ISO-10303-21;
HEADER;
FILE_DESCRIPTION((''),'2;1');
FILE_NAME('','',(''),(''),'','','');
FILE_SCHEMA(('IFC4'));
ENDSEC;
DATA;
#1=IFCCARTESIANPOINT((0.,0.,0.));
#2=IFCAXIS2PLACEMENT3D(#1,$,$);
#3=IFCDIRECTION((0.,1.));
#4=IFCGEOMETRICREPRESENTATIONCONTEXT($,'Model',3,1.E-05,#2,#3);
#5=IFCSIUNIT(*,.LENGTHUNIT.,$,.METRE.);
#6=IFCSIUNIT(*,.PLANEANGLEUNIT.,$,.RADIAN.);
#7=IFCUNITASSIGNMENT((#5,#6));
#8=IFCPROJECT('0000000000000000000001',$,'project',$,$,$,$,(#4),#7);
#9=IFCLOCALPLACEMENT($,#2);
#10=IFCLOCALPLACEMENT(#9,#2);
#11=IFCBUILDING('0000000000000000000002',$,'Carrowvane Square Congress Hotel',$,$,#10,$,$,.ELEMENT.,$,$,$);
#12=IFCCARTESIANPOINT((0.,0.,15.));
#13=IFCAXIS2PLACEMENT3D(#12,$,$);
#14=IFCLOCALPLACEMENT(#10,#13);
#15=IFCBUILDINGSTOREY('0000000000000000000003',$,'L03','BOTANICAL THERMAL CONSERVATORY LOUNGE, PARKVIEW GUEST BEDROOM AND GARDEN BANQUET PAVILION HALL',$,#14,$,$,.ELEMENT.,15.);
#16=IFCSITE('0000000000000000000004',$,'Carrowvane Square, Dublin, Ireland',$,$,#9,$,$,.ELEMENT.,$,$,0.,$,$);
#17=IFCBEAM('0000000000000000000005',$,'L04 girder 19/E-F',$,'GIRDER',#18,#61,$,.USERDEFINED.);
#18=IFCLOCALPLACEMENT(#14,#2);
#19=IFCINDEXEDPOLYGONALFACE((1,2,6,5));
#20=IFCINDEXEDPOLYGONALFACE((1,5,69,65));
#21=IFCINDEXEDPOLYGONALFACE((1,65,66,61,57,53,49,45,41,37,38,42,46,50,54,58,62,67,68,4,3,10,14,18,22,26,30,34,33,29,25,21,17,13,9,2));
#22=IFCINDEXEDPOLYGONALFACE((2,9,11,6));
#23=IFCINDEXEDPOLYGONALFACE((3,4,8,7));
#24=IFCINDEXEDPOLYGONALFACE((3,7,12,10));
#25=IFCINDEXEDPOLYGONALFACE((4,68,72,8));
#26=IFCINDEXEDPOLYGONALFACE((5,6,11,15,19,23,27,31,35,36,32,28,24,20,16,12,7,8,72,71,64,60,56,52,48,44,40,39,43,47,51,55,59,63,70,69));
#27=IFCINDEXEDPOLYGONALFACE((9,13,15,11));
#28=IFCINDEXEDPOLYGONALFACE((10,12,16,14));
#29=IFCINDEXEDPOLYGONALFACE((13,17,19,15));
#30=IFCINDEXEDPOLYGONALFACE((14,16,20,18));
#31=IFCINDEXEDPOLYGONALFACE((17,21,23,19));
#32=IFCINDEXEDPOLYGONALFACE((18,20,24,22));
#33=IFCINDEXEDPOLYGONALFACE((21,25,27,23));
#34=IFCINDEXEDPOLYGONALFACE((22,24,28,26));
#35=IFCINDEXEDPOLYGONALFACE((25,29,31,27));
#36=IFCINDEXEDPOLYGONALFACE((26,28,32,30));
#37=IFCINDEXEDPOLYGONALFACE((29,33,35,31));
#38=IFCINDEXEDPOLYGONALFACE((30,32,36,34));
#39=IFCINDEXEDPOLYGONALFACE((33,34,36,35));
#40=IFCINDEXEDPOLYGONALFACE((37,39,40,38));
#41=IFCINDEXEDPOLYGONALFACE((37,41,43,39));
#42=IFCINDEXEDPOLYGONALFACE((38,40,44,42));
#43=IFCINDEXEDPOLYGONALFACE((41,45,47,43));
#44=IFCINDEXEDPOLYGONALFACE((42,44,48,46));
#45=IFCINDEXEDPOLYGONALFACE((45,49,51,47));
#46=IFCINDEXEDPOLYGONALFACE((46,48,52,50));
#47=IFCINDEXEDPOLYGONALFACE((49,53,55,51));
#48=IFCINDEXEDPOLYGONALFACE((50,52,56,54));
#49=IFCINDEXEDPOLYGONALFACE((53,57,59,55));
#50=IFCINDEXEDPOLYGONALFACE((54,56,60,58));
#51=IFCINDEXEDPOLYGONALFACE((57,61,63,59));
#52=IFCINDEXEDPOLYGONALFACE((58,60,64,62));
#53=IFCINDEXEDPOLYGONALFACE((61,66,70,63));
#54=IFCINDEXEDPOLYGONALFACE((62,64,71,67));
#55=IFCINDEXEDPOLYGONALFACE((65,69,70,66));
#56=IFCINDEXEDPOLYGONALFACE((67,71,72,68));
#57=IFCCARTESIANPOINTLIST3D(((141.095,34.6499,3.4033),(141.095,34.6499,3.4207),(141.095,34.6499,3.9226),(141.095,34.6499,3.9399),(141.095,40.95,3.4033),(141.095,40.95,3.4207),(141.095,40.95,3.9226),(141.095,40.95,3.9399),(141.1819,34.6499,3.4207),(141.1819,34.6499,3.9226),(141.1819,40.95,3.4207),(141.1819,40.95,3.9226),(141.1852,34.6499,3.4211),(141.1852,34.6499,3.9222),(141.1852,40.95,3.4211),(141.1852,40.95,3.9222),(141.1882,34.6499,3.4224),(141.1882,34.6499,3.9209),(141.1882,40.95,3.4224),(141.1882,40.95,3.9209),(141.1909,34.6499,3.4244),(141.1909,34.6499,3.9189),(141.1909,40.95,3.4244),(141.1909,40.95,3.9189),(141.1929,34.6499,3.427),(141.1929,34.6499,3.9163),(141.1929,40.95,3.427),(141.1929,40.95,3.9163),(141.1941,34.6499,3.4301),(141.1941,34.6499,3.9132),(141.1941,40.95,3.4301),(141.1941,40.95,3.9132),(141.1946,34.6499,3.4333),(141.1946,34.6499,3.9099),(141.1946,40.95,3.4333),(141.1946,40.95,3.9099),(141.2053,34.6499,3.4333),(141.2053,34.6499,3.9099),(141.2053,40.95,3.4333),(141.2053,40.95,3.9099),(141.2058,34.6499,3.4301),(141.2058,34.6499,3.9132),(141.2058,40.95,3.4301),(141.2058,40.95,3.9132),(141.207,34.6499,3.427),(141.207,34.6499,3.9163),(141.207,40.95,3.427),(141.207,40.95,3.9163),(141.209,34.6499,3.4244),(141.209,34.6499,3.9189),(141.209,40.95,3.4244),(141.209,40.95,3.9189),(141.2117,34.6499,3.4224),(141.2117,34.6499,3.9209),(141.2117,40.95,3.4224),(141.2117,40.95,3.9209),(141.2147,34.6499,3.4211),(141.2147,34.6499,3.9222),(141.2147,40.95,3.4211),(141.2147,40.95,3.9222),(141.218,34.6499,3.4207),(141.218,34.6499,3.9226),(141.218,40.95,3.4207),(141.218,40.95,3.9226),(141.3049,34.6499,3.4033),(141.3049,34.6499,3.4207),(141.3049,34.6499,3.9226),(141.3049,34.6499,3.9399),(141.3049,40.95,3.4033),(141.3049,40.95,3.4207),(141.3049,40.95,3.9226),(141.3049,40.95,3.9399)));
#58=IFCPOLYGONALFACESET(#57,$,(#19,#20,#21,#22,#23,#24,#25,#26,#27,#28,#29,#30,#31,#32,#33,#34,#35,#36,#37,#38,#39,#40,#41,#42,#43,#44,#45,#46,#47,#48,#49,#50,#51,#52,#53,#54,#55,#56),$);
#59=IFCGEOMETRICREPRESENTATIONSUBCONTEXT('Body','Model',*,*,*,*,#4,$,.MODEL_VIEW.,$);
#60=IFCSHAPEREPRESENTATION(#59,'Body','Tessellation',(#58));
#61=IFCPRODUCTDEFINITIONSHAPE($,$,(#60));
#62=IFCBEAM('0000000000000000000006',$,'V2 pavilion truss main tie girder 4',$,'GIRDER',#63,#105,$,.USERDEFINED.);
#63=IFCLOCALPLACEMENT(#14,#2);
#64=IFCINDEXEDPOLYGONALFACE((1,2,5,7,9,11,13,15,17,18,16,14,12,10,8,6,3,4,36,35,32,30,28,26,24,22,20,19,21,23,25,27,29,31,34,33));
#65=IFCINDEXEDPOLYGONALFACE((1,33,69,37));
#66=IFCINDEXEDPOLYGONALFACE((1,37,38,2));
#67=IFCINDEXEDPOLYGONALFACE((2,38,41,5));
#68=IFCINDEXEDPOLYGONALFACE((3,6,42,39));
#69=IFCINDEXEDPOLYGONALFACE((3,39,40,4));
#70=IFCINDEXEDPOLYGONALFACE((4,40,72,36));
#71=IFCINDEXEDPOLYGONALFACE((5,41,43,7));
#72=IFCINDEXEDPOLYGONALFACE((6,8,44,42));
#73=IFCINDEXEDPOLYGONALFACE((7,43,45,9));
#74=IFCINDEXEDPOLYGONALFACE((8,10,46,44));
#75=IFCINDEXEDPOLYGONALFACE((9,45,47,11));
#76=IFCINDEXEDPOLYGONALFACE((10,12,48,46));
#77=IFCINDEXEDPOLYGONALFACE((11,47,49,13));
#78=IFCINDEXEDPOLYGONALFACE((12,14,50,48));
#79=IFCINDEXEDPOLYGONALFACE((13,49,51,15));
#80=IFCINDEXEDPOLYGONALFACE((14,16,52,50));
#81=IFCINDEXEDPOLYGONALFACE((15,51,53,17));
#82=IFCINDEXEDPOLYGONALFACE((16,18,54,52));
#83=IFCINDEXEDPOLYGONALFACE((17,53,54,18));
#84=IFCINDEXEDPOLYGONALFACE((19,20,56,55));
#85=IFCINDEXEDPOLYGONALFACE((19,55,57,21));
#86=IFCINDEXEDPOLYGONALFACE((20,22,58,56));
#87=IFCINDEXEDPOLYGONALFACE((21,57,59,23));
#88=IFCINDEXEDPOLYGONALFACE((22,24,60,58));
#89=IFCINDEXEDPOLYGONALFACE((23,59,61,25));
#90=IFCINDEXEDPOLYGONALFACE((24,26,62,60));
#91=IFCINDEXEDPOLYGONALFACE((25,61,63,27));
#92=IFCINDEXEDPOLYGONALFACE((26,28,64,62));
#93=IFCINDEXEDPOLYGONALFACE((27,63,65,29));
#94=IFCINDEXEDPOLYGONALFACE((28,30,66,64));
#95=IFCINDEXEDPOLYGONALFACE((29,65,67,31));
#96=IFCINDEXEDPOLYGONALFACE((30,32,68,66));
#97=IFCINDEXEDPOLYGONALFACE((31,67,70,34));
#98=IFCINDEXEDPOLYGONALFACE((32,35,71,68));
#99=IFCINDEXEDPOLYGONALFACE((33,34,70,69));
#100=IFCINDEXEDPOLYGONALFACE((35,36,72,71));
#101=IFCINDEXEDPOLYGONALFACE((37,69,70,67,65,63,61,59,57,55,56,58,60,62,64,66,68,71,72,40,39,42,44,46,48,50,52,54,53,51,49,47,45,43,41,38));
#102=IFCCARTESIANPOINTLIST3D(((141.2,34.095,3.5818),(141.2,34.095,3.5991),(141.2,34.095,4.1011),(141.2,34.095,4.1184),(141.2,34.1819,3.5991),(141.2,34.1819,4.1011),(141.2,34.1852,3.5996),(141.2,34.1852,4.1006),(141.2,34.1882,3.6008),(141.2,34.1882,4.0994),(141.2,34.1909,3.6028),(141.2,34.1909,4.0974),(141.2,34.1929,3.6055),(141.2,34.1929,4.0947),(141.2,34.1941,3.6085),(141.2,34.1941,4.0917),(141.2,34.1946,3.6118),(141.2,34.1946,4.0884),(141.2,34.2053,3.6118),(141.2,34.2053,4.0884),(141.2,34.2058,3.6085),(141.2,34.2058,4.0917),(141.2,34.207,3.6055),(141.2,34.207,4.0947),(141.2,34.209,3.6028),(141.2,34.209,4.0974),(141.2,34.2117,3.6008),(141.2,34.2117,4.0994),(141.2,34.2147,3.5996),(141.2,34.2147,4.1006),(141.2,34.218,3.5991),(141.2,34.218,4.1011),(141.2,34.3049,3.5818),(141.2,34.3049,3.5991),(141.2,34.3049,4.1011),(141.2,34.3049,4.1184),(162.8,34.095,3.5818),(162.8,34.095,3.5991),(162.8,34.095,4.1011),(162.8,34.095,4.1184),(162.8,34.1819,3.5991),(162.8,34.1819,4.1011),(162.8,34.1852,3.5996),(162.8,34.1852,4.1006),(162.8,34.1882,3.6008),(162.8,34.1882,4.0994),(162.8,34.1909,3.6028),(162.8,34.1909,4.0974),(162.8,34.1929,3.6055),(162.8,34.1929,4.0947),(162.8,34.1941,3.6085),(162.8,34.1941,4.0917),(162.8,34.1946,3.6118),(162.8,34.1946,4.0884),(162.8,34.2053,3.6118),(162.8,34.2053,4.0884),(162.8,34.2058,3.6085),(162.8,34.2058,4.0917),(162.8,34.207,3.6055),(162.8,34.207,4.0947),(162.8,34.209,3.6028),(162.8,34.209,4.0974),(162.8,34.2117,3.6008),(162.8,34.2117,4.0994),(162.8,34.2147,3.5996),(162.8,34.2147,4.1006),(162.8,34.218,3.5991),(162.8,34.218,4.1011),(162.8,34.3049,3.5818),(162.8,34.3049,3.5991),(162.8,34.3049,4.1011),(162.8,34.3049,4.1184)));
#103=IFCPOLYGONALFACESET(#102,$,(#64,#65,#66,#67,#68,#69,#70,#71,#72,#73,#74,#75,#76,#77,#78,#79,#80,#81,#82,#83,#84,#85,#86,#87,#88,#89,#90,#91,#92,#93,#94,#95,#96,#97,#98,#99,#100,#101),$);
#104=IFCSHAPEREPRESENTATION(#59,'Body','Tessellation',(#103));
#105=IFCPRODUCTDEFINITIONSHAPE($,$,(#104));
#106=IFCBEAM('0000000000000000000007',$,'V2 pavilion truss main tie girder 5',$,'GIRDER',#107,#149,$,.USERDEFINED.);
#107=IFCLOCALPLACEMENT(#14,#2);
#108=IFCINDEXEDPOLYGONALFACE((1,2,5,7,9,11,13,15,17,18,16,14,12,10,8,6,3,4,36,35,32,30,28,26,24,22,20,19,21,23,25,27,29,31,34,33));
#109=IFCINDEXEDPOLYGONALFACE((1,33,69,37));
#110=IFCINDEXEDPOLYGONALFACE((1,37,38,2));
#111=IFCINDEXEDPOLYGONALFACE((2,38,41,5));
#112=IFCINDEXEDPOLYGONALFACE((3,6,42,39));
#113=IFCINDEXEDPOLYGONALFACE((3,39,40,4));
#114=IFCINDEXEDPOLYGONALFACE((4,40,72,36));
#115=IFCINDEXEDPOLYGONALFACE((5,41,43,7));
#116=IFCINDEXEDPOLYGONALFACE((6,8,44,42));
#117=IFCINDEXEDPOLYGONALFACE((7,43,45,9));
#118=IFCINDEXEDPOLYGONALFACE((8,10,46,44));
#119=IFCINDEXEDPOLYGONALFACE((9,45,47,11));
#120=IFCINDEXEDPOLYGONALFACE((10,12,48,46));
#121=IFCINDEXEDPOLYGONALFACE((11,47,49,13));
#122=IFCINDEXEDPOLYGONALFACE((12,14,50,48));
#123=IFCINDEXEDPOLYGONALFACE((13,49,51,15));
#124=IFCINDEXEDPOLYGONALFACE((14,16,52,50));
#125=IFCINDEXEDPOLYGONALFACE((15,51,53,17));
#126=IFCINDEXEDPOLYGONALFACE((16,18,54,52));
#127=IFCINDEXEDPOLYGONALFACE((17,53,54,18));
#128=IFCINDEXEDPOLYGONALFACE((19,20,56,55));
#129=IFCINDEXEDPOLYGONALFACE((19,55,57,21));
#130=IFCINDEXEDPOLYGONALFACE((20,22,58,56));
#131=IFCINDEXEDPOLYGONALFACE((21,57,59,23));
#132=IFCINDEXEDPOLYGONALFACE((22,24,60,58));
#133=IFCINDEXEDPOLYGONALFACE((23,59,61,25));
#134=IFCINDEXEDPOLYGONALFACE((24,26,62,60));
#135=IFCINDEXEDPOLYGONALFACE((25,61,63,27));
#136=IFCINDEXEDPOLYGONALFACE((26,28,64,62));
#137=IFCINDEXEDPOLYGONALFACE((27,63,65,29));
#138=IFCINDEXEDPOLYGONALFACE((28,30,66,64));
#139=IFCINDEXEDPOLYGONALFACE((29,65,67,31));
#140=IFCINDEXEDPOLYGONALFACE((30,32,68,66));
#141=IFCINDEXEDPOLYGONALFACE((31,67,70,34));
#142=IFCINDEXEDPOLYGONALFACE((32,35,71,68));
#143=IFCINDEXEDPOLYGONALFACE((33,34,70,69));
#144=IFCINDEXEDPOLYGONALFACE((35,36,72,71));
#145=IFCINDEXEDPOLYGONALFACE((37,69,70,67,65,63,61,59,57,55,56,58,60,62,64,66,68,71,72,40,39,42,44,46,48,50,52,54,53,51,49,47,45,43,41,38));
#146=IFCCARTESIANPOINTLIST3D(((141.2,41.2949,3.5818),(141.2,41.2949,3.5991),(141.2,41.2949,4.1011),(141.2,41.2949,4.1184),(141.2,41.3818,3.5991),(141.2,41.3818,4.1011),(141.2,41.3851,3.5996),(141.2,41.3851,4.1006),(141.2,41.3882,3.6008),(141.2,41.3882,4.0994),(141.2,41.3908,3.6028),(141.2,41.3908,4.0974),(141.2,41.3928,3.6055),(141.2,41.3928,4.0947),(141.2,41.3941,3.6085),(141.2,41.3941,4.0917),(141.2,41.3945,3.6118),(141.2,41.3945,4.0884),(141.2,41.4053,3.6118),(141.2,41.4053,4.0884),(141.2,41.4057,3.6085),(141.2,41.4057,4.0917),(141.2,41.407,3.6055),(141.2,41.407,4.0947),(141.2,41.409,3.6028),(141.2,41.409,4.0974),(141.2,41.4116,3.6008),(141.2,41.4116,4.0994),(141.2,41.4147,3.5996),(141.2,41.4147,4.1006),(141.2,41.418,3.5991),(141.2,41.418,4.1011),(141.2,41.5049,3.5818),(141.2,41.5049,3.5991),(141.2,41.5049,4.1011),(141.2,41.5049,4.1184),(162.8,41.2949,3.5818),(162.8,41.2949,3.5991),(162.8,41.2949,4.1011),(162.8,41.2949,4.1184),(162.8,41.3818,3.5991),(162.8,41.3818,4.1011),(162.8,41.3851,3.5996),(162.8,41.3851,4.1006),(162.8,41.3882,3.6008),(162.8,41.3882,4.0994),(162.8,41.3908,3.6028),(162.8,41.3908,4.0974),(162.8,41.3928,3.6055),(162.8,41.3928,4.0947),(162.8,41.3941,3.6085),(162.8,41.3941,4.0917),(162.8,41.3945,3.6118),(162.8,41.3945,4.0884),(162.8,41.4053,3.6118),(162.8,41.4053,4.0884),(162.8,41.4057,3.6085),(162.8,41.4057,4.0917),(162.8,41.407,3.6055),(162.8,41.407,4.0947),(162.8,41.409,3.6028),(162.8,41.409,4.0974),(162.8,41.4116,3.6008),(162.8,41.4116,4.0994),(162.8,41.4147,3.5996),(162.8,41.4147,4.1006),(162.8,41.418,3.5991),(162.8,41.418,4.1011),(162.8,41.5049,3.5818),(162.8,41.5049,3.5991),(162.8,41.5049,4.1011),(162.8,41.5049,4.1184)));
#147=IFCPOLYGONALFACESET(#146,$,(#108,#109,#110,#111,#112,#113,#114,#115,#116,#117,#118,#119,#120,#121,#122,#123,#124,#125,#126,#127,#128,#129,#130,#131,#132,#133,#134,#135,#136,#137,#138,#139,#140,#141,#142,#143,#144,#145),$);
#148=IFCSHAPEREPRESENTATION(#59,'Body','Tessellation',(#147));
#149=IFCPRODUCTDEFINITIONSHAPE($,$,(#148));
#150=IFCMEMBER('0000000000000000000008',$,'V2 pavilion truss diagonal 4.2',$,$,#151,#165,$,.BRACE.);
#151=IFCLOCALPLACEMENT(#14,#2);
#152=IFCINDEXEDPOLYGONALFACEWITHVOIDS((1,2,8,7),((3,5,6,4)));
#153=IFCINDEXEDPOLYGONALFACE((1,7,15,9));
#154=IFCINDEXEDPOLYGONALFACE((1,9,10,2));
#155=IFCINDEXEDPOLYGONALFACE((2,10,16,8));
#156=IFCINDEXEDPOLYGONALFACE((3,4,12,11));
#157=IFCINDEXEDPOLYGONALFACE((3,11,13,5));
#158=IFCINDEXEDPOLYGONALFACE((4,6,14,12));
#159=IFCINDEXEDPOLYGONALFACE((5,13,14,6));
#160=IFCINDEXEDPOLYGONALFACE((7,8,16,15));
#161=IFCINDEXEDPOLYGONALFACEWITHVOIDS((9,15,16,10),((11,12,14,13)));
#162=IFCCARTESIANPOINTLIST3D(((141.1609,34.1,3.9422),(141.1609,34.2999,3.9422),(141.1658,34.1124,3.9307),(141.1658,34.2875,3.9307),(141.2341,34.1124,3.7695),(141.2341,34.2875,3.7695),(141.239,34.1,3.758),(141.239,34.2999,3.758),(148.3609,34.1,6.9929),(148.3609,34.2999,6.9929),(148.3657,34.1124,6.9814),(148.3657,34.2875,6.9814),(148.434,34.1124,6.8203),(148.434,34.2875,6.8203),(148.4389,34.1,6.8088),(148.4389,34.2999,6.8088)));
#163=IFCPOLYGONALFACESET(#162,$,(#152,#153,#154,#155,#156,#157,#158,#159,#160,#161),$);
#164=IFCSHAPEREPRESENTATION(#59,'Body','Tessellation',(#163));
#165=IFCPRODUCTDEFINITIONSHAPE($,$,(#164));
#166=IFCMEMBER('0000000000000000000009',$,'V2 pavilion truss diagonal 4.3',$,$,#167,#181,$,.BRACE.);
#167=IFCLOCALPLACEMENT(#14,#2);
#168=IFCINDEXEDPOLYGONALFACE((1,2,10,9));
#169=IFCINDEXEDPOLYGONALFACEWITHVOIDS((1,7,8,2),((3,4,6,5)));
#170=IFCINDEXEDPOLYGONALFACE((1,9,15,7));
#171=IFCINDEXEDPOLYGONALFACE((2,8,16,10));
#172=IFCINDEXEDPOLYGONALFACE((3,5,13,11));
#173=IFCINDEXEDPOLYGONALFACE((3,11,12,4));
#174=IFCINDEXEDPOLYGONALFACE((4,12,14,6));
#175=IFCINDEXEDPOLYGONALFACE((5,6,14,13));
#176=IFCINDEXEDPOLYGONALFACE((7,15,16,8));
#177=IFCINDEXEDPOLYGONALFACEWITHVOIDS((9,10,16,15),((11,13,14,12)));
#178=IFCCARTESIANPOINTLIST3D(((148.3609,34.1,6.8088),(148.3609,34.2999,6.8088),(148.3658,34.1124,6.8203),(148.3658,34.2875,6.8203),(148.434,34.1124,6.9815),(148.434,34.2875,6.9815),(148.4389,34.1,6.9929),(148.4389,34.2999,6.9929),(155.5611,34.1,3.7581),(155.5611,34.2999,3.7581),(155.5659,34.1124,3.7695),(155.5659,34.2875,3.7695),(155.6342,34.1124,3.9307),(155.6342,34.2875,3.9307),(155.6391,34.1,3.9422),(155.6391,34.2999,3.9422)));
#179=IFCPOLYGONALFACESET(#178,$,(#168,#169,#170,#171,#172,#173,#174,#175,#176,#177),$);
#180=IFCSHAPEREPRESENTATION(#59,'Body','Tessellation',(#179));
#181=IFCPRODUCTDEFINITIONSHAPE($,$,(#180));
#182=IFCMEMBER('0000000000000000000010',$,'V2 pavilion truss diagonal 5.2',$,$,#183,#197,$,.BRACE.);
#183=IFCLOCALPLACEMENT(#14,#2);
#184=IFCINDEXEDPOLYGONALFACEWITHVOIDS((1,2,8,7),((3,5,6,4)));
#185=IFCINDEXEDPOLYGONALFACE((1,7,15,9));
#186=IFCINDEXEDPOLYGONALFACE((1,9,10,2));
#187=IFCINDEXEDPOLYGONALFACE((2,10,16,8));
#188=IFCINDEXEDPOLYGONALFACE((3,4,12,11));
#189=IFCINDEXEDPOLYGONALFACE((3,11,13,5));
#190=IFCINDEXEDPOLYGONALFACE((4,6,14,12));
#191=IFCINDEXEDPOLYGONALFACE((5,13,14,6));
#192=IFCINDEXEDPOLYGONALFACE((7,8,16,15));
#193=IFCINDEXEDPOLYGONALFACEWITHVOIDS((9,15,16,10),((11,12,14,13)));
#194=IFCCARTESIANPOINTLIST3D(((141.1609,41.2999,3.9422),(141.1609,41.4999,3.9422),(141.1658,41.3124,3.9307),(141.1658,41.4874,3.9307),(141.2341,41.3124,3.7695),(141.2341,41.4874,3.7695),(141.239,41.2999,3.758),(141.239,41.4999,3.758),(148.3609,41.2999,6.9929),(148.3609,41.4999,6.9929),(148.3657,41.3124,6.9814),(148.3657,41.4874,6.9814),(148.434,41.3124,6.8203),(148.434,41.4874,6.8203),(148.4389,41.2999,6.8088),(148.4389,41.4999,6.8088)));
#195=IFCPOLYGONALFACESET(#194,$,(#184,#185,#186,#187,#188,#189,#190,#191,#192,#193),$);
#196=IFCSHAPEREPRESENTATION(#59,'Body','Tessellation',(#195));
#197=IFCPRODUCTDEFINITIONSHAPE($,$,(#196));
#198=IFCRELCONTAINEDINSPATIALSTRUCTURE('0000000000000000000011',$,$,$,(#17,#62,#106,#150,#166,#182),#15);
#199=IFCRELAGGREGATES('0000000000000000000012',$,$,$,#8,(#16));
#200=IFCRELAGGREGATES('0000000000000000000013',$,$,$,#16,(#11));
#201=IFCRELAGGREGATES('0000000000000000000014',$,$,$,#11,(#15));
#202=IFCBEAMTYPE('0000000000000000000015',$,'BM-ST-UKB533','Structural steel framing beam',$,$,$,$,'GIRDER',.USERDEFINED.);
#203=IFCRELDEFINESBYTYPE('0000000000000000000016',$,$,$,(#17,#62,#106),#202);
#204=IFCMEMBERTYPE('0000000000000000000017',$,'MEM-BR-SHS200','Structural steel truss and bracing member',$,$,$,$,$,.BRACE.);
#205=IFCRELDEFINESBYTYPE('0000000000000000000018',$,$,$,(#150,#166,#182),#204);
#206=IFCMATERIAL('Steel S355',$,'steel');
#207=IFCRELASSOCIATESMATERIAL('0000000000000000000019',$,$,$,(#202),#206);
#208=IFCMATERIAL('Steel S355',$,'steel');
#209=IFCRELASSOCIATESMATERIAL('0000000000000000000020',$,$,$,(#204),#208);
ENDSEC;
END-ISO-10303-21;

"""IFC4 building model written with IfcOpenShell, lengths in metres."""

from ifc_helpers import new_model, si_unit, direction, frame, origin, origin_2d, place, context, subcontext, project, spatial, hollow_rectangle, i_section, extrude, material, material_profile, profile_set, type_object, element, save


model = new_model("IFC4")

# Units and contexts
model_context = context("Model", 3, precision=1e-05, world=origin(), true_north=direction((0.0, 1.0)))
body_context = subcontext(model_context, "Body", "Model", "MODEL_VIEW")
ifc_project = project(units=[si_unit("LENGTHUNIT", "METRE"), si_unit("PLANEANGLEUNIT", "RADIAN")], contexts=[model_context])

# Site, building, storey
site_placement = place(None, origin())
site = spatial("IfcSite", under=ifc_project, at=site_placement, Name="Carrowvane Square, Dublin, Ireland", CompositionType="ELEMENT", RefElevation=0.0)
building_placement = place(site_placement, origin())
building = spatial("IfcBuilding", under=site, at=building_placement, Name="Carrowvane Square Congress Hotel", CompositionType="ELEMENT")
storey_placement = place(building_placement, frame((0.0, 0.0, 15.0)))
storey = spatial("IfcBuildingStorey", under=building, at=storey_placement, Name="L03", Description="BOTANICAL THERMAL CONSERVATORY LOUNGE, PARKVIEW GUEST BEDROOM AND GARDEN BANQUET PAVILION HALL", CompositionType="ELEMENT", Elevation=15.0)

# Beams
ifc_material_1 = material(Name="Steel S355", Category="steel")
ifc_material_profile_1 = material_profile(ifc_material_1, i_section(OverallWidth=0.21, OverallDepth=0.5366, WebThickness=0.0107, FlangeThickness=0.0173, FilletRadius=0.0127, at=origin_2d()), Name="UKB 533x210x101")
ifc_profile_set_1 = profile_set([ifc_material_profile_1], Name="Steel S355")
beam_type_1 = type_object("IfcBeamType", Name="BM-ST-UKB533", Description="Structural steel framing beam", ElementType="GIRDER", PredefinedType="USERDEFINED", material=ifc_profile_set_1)
for number, where, z_axis, x_axis, name in (
    (1, (141.2, 34.6499, 3.6716), (0.0, 1.0, 0.0), (-1.0, 0.0, 0.0), "L04 girder 19/E-F"),
):
    element("IfcBeam", number, at=place(storey_placement, frame(where, z_axis=z_axis, x_axis=x_axis)), inside=storey, type_object=beam_type_1, Name=name, ObjectType="GIRDER", PredefinedType="USERDEFINED", context=body_context, shape_type="SweptSolid", body=[
        extrude(i_section(OverallWidth=0.21, OverallDepth=0.5366, WebThickness=0.0107, FlangeThickness=0.0173, FilletRadius=0.0127, at=origin_2d()), origin(), (0.0, 0.0, 1.0), 6.3),
    ])
for number, where, z_axis, x_axis, name in (
    (2, (141.2, 34.2, 3.8501), (1.0, 0.0, 0.0), (0.0, 1.0, 0.0), "V2 pavilion truss main tie girder 4"),
    (3, (141.2, 41.3999, 3.8501), (1.0, 0.0, 0.0), (0.0, 1.0, 0.0), "V2 pavilion truss main tie girder 5"),
):
    element("IfcBeam", number, at=place(storey_placement, frame(where, z_axis=z_axis, x_axis=x_axis)), inside=storey, type_object=beam_type_1, Name=name, ObjectType="GIRDER", PredefinedType="USERDEFINED", context=body_context, shape_type="SweptSolid", body=[
        extrude(i_section(OverallWidth=0.21, OverallDepth=0.5366, WebThickness=0.0107, FlangeThickness=0.0173, FilletRadius=0.0127, at=origin_2d()), origin(), (0.0, 0.0, 1.0), 21.6001),
    ])

# Members
ifc_material_2 = material(Name="Steel S355", Category="steel")
ifc_material_profile_2 = material_profile(ifc_material_2, hollow_rectangle(XDim=0.2, YDim=0.2, WallThickness=0.0125, at=origin_2d()), Name="SHS 200x200x12.5")
ifc_profile_set_2 = profile_set([ifc_material_profile_2], Name="Steel S355")
member_type_1 = type_object("IfcMemberType", Name="MEM-BR-SHS200", Description="Structural steel truss and bracing member", PredefinedType="BRACE", material=ifc_profile_set_2)
member_1_placement = place(storey_placement, frame((141.2, 34.2, 3.8501), z_axis=(0.920754, 0.0, 0.390144), x_axis=(0.0, 1.0, 0.0)))
element("IfcMember", 4, at=member_1_placement, inside=storey, type_object=member_type_1, Name="V2 pavilion truss diagonal 4.2", PredefinedType="BRACE", context=body_context, shape_type="SweptSolid", body=[
    extrude(hollow_rectangle(XDim=0.2, YDim=0.2, WallThickness=0.0125, at=origin_2d()), origin(), (0.0, 0.0, 1.0), 7.8196),
])
member_2_placement = place(storey_placement, frame((148.3999, 34.2, 6.9009), z_axis=(0.920759, 0.0, -0.390133), x_axis=(0.0, 1.0, 0.0)))
element("IfcMember", 5, at=member_2_placement, inside=storey, type_object=member_type_1, Name="V2 pavilion truss diagonal 4.3", PredefinedType="BRACE", context=body_context, shape_type="SweptSolid", body=[
    extrude(hollow_rectangle(XDim=0.2, YDim=0.2, WallThickness=0.0125, at=origin_2d()), origin(), (0.0, 0.0, 1.0), 7.8198),
])
member_3_placement = place(storey_placement, frame((141.2, 41.3999, 3.8501), z_axis=(0.920754, 0.0, 0.390144), x_axis=(0.0, 1.0, 0.0)))
element("IfcMember", 6, at=member_3_placement, inside=storey, type_object=member_type_1, Name="V2 pavilion truss diagonal 5.2", PredefinedType="BRACE", context=body_context, shape_type="SweptSolid", body=[
    extrude(hollow_rectangle(XDim=0.2, YDim=0.2, WallThickness=0.0125, at=origin_2d()), origin(), (0.0, 0.0, 1.0), 7.8196),
])

save(model, "model.ifc")
